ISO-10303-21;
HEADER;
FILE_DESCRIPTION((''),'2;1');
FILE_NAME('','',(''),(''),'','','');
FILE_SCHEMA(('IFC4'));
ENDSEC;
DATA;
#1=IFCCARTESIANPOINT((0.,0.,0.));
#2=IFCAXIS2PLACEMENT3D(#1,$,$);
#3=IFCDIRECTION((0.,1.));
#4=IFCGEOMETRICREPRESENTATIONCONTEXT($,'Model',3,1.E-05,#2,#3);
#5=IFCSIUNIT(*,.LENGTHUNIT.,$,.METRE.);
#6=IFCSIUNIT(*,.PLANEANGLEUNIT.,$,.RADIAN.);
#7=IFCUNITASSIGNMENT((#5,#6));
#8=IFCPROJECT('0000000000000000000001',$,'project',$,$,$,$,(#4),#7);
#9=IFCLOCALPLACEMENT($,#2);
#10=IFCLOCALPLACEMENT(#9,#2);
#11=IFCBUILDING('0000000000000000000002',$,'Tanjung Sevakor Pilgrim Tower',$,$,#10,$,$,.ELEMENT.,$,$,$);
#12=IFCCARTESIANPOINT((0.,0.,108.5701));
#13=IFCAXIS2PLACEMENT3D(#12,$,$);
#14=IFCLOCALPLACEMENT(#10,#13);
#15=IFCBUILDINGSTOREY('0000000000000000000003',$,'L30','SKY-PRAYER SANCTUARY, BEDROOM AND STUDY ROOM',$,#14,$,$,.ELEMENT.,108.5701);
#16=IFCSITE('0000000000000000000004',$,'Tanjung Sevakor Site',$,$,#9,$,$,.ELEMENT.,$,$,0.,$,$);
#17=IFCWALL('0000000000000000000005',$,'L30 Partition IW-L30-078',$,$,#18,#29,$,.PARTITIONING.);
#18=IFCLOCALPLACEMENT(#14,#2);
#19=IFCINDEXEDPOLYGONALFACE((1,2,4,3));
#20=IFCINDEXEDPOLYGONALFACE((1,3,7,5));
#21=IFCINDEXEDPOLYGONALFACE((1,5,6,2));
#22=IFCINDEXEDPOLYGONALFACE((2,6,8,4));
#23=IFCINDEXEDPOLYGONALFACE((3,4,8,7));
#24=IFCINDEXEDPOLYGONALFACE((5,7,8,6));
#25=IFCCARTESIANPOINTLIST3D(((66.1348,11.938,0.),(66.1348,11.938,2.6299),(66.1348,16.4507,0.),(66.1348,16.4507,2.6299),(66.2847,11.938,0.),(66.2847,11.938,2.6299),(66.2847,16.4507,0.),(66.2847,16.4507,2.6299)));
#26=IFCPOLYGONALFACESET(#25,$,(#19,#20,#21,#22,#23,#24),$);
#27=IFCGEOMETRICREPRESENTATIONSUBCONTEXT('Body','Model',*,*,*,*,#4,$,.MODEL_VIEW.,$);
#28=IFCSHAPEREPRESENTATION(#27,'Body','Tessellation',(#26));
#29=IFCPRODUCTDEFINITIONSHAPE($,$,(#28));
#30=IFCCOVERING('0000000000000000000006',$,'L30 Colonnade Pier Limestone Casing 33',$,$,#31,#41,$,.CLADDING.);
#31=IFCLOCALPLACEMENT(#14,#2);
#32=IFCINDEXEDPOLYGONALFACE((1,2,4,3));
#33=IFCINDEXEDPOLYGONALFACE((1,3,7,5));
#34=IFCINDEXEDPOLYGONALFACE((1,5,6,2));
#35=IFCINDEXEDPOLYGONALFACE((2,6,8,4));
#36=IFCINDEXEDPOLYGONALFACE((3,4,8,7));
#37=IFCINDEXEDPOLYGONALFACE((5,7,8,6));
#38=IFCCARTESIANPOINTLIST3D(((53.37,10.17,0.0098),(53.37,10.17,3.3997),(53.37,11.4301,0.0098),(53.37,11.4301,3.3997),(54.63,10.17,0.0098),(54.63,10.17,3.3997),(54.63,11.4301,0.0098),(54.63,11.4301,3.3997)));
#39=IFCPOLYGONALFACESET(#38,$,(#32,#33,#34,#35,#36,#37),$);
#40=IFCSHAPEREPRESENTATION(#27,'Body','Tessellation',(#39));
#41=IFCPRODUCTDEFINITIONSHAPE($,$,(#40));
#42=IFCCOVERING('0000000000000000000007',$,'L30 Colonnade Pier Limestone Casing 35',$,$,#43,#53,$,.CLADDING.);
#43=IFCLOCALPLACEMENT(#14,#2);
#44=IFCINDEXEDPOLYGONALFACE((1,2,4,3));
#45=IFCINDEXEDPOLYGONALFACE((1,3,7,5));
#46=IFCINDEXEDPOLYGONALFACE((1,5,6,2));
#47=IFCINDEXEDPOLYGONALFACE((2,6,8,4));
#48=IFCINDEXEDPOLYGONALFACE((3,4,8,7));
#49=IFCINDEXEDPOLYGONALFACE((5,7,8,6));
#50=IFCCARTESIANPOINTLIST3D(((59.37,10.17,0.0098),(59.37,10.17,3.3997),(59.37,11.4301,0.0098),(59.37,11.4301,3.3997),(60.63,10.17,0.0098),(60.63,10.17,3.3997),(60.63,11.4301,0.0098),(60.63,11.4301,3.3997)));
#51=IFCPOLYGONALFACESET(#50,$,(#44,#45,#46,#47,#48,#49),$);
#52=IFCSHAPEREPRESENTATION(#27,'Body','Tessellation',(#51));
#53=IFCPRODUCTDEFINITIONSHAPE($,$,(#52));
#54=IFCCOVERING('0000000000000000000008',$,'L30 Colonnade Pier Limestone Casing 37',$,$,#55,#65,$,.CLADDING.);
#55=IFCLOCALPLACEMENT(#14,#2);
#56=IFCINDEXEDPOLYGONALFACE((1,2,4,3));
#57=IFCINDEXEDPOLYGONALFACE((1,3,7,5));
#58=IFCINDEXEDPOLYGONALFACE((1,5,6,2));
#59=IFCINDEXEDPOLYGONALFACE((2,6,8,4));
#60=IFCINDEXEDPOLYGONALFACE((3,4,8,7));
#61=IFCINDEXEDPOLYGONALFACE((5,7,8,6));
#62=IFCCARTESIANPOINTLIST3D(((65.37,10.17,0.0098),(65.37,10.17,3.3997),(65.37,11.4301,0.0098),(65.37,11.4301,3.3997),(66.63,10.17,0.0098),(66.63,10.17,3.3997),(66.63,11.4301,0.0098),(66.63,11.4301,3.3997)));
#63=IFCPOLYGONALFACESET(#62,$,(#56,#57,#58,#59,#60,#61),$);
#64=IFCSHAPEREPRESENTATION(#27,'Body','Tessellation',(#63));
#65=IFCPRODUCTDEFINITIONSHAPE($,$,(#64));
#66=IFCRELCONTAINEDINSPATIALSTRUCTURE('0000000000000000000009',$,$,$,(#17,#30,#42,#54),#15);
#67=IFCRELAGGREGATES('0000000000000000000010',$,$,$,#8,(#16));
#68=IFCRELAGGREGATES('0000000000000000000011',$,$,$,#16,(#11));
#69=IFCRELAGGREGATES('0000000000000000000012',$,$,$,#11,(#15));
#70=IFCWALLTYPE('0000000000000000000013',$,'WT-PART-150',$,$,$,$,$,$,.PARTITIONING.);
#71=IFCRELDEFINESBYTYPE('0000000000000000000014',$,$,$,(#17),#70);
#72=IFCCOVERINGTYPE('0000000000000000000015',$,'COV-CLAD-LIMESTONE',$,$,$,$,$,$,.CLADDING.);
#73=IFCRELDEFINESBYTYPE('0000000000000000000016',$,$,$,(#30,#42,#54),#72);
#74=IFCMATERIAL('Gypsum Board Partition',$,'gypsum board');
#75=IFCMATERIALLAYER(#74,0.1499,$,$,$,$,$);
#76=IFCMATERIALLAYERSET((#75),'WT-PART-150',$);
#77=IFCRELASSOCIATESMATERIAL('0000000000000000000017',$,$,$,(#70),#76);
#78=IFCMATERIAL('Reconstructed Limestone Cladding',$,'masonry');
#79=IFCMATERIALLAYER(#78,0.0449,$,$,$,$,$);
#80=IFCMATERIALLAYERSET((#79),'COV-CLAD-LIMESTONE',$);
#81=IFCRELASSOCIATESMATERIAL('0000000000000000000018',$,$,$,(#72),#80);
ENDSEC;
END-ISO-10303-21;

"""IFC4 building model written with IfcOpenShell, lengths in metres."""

from ifc_helpers import new_model, si_unit, direction, frame, frame_2d, origin, origin_2d, place, context, subcontext, project, spatial, rectangle, extrude, material, layer, layer_set, type_object, element, save


model = new_model("IFC4")

# Units and contexts
model_context = context("Model", 3, precision=1e-05, world=origin(), true_north=direction((0.0, 1.0)))
body_context = subcontext(model_context, "Body", "Model", "MODEL_VIEW")
ifc_project = project(units=[si_unit("LENGTHUNIT", "METRE"), si_unit("PLANEANGLEUNIT", "RADIAN")], contexts=[model_context])

# Site, building, storey
site_placement = place(None, origin())
site = spatial("IfcSite", under=ifc_project, at=site_placement, Name="Tanjung Sevakor Site", CompositionType="ELEMENT", RefElevation=0.0)
building_placement = place(site_placement, origin())
building = spatial("IfcBuilding", under=site, at=building_placement, Name="Tanjung Sevakor Pilgrim Tower", CompositionType="ELEMENT")
storey_placement = place(building_placement, frame((0.0, 0.0, 108.5701)))
storey = spatial("IfcBuildingStorey", under=building, at=storey_placement, Name="L30", Description="SKY-PRAYER SANCTUARY, BEDROOM AND STUDY ROOM", CompositionType="ELEMENT", Elevation=108.5701)

# Wall
ifc_material_1 = material(Name="Gypsum Board Partition", Category="gypsum board")
ifc_layer_1 = layer(ifc_material_1, 0.1499)
ifc_layer_set_1 = layer_set([ifc_layer_1], Name="WT-PART-150")
wall_type_1 = type_object("IfcWallType", Name="WT-PART-150", PredefinedType="PARTITIONING", material=ifc_layer_set_1)
wall_1_placement = place(storey_placement, frame((66.2097, 11.938, 0.0), z_axis=(0.0, 0.0, 1.0), x_axis=(0.0, 1.0, 0.0)))
element("IfcWall", 1, at=wall_1_placement, inside=storey, type_object=wall_type_1, Name="L30 Partition IW-L30-078", PredefinedType="PARTITIONING", context=body_context, shape_type="SweptSolid", body=[
    extrude(rectangle(XDim=4.5127, YDim=0.1499, at=frame_2d((2.2563, 0.0))), origin(), (0.0, 0.0, 1.0), 2.6299),
])

# Coverings
ifc_material_2 = material(Name="Reconstructed Limestone Cladding", Category="masonry")
ifc_layer_2 = layer(ifc_material_2, 0.0449)
ifc_layer_set_2 = layer_set([ifc_layer_2], Name="COV-CLAD-LIMESTONE")
covering_type = type_object("IfcCoveringType", Name="COV-CLAD-LIMESTONE", PredefinedType="CLADDING", material=ifc_layer_set_2)
for number, where, z_axis, x_axis, name in (
    (2, (54.0, 10.8, 0.0098), (0.0, 0.0, 1.0), (1.0, 0.0, 0.0), "L30 Colonnade Pier Limestone Casing 33"),
    (3, (60.0, 10.8, 0.0098), (0.0, 0.0, 1.0), (1.0, 0.0, 0.0), "L30 Colonnade Pier Limestone Casing 35"),
    (4, (66.0, 10.8, 0.0098), (0.0, 0.0, 1.0), (1.0, 0.0, 0.0), "L30 Colonnade Pier Limestone Casing 37"),
):
    element("IfcCovering", number, at=place(storey_placement, frame(where, z_axis=z_axis, x_axis=x_axis)), inside=storey, type_object=covering_type, Name=name, PredefinedType="CLADDING", context=body_context, shape_type="SweptSolid", body=[
        extrude(rectangle(XDim=1.26, YDim=1.26, at=origin_2d()), origin(), (0.0, 0.0, 1.0), 3.3899),
    ])

save(model, "model.ifc")
